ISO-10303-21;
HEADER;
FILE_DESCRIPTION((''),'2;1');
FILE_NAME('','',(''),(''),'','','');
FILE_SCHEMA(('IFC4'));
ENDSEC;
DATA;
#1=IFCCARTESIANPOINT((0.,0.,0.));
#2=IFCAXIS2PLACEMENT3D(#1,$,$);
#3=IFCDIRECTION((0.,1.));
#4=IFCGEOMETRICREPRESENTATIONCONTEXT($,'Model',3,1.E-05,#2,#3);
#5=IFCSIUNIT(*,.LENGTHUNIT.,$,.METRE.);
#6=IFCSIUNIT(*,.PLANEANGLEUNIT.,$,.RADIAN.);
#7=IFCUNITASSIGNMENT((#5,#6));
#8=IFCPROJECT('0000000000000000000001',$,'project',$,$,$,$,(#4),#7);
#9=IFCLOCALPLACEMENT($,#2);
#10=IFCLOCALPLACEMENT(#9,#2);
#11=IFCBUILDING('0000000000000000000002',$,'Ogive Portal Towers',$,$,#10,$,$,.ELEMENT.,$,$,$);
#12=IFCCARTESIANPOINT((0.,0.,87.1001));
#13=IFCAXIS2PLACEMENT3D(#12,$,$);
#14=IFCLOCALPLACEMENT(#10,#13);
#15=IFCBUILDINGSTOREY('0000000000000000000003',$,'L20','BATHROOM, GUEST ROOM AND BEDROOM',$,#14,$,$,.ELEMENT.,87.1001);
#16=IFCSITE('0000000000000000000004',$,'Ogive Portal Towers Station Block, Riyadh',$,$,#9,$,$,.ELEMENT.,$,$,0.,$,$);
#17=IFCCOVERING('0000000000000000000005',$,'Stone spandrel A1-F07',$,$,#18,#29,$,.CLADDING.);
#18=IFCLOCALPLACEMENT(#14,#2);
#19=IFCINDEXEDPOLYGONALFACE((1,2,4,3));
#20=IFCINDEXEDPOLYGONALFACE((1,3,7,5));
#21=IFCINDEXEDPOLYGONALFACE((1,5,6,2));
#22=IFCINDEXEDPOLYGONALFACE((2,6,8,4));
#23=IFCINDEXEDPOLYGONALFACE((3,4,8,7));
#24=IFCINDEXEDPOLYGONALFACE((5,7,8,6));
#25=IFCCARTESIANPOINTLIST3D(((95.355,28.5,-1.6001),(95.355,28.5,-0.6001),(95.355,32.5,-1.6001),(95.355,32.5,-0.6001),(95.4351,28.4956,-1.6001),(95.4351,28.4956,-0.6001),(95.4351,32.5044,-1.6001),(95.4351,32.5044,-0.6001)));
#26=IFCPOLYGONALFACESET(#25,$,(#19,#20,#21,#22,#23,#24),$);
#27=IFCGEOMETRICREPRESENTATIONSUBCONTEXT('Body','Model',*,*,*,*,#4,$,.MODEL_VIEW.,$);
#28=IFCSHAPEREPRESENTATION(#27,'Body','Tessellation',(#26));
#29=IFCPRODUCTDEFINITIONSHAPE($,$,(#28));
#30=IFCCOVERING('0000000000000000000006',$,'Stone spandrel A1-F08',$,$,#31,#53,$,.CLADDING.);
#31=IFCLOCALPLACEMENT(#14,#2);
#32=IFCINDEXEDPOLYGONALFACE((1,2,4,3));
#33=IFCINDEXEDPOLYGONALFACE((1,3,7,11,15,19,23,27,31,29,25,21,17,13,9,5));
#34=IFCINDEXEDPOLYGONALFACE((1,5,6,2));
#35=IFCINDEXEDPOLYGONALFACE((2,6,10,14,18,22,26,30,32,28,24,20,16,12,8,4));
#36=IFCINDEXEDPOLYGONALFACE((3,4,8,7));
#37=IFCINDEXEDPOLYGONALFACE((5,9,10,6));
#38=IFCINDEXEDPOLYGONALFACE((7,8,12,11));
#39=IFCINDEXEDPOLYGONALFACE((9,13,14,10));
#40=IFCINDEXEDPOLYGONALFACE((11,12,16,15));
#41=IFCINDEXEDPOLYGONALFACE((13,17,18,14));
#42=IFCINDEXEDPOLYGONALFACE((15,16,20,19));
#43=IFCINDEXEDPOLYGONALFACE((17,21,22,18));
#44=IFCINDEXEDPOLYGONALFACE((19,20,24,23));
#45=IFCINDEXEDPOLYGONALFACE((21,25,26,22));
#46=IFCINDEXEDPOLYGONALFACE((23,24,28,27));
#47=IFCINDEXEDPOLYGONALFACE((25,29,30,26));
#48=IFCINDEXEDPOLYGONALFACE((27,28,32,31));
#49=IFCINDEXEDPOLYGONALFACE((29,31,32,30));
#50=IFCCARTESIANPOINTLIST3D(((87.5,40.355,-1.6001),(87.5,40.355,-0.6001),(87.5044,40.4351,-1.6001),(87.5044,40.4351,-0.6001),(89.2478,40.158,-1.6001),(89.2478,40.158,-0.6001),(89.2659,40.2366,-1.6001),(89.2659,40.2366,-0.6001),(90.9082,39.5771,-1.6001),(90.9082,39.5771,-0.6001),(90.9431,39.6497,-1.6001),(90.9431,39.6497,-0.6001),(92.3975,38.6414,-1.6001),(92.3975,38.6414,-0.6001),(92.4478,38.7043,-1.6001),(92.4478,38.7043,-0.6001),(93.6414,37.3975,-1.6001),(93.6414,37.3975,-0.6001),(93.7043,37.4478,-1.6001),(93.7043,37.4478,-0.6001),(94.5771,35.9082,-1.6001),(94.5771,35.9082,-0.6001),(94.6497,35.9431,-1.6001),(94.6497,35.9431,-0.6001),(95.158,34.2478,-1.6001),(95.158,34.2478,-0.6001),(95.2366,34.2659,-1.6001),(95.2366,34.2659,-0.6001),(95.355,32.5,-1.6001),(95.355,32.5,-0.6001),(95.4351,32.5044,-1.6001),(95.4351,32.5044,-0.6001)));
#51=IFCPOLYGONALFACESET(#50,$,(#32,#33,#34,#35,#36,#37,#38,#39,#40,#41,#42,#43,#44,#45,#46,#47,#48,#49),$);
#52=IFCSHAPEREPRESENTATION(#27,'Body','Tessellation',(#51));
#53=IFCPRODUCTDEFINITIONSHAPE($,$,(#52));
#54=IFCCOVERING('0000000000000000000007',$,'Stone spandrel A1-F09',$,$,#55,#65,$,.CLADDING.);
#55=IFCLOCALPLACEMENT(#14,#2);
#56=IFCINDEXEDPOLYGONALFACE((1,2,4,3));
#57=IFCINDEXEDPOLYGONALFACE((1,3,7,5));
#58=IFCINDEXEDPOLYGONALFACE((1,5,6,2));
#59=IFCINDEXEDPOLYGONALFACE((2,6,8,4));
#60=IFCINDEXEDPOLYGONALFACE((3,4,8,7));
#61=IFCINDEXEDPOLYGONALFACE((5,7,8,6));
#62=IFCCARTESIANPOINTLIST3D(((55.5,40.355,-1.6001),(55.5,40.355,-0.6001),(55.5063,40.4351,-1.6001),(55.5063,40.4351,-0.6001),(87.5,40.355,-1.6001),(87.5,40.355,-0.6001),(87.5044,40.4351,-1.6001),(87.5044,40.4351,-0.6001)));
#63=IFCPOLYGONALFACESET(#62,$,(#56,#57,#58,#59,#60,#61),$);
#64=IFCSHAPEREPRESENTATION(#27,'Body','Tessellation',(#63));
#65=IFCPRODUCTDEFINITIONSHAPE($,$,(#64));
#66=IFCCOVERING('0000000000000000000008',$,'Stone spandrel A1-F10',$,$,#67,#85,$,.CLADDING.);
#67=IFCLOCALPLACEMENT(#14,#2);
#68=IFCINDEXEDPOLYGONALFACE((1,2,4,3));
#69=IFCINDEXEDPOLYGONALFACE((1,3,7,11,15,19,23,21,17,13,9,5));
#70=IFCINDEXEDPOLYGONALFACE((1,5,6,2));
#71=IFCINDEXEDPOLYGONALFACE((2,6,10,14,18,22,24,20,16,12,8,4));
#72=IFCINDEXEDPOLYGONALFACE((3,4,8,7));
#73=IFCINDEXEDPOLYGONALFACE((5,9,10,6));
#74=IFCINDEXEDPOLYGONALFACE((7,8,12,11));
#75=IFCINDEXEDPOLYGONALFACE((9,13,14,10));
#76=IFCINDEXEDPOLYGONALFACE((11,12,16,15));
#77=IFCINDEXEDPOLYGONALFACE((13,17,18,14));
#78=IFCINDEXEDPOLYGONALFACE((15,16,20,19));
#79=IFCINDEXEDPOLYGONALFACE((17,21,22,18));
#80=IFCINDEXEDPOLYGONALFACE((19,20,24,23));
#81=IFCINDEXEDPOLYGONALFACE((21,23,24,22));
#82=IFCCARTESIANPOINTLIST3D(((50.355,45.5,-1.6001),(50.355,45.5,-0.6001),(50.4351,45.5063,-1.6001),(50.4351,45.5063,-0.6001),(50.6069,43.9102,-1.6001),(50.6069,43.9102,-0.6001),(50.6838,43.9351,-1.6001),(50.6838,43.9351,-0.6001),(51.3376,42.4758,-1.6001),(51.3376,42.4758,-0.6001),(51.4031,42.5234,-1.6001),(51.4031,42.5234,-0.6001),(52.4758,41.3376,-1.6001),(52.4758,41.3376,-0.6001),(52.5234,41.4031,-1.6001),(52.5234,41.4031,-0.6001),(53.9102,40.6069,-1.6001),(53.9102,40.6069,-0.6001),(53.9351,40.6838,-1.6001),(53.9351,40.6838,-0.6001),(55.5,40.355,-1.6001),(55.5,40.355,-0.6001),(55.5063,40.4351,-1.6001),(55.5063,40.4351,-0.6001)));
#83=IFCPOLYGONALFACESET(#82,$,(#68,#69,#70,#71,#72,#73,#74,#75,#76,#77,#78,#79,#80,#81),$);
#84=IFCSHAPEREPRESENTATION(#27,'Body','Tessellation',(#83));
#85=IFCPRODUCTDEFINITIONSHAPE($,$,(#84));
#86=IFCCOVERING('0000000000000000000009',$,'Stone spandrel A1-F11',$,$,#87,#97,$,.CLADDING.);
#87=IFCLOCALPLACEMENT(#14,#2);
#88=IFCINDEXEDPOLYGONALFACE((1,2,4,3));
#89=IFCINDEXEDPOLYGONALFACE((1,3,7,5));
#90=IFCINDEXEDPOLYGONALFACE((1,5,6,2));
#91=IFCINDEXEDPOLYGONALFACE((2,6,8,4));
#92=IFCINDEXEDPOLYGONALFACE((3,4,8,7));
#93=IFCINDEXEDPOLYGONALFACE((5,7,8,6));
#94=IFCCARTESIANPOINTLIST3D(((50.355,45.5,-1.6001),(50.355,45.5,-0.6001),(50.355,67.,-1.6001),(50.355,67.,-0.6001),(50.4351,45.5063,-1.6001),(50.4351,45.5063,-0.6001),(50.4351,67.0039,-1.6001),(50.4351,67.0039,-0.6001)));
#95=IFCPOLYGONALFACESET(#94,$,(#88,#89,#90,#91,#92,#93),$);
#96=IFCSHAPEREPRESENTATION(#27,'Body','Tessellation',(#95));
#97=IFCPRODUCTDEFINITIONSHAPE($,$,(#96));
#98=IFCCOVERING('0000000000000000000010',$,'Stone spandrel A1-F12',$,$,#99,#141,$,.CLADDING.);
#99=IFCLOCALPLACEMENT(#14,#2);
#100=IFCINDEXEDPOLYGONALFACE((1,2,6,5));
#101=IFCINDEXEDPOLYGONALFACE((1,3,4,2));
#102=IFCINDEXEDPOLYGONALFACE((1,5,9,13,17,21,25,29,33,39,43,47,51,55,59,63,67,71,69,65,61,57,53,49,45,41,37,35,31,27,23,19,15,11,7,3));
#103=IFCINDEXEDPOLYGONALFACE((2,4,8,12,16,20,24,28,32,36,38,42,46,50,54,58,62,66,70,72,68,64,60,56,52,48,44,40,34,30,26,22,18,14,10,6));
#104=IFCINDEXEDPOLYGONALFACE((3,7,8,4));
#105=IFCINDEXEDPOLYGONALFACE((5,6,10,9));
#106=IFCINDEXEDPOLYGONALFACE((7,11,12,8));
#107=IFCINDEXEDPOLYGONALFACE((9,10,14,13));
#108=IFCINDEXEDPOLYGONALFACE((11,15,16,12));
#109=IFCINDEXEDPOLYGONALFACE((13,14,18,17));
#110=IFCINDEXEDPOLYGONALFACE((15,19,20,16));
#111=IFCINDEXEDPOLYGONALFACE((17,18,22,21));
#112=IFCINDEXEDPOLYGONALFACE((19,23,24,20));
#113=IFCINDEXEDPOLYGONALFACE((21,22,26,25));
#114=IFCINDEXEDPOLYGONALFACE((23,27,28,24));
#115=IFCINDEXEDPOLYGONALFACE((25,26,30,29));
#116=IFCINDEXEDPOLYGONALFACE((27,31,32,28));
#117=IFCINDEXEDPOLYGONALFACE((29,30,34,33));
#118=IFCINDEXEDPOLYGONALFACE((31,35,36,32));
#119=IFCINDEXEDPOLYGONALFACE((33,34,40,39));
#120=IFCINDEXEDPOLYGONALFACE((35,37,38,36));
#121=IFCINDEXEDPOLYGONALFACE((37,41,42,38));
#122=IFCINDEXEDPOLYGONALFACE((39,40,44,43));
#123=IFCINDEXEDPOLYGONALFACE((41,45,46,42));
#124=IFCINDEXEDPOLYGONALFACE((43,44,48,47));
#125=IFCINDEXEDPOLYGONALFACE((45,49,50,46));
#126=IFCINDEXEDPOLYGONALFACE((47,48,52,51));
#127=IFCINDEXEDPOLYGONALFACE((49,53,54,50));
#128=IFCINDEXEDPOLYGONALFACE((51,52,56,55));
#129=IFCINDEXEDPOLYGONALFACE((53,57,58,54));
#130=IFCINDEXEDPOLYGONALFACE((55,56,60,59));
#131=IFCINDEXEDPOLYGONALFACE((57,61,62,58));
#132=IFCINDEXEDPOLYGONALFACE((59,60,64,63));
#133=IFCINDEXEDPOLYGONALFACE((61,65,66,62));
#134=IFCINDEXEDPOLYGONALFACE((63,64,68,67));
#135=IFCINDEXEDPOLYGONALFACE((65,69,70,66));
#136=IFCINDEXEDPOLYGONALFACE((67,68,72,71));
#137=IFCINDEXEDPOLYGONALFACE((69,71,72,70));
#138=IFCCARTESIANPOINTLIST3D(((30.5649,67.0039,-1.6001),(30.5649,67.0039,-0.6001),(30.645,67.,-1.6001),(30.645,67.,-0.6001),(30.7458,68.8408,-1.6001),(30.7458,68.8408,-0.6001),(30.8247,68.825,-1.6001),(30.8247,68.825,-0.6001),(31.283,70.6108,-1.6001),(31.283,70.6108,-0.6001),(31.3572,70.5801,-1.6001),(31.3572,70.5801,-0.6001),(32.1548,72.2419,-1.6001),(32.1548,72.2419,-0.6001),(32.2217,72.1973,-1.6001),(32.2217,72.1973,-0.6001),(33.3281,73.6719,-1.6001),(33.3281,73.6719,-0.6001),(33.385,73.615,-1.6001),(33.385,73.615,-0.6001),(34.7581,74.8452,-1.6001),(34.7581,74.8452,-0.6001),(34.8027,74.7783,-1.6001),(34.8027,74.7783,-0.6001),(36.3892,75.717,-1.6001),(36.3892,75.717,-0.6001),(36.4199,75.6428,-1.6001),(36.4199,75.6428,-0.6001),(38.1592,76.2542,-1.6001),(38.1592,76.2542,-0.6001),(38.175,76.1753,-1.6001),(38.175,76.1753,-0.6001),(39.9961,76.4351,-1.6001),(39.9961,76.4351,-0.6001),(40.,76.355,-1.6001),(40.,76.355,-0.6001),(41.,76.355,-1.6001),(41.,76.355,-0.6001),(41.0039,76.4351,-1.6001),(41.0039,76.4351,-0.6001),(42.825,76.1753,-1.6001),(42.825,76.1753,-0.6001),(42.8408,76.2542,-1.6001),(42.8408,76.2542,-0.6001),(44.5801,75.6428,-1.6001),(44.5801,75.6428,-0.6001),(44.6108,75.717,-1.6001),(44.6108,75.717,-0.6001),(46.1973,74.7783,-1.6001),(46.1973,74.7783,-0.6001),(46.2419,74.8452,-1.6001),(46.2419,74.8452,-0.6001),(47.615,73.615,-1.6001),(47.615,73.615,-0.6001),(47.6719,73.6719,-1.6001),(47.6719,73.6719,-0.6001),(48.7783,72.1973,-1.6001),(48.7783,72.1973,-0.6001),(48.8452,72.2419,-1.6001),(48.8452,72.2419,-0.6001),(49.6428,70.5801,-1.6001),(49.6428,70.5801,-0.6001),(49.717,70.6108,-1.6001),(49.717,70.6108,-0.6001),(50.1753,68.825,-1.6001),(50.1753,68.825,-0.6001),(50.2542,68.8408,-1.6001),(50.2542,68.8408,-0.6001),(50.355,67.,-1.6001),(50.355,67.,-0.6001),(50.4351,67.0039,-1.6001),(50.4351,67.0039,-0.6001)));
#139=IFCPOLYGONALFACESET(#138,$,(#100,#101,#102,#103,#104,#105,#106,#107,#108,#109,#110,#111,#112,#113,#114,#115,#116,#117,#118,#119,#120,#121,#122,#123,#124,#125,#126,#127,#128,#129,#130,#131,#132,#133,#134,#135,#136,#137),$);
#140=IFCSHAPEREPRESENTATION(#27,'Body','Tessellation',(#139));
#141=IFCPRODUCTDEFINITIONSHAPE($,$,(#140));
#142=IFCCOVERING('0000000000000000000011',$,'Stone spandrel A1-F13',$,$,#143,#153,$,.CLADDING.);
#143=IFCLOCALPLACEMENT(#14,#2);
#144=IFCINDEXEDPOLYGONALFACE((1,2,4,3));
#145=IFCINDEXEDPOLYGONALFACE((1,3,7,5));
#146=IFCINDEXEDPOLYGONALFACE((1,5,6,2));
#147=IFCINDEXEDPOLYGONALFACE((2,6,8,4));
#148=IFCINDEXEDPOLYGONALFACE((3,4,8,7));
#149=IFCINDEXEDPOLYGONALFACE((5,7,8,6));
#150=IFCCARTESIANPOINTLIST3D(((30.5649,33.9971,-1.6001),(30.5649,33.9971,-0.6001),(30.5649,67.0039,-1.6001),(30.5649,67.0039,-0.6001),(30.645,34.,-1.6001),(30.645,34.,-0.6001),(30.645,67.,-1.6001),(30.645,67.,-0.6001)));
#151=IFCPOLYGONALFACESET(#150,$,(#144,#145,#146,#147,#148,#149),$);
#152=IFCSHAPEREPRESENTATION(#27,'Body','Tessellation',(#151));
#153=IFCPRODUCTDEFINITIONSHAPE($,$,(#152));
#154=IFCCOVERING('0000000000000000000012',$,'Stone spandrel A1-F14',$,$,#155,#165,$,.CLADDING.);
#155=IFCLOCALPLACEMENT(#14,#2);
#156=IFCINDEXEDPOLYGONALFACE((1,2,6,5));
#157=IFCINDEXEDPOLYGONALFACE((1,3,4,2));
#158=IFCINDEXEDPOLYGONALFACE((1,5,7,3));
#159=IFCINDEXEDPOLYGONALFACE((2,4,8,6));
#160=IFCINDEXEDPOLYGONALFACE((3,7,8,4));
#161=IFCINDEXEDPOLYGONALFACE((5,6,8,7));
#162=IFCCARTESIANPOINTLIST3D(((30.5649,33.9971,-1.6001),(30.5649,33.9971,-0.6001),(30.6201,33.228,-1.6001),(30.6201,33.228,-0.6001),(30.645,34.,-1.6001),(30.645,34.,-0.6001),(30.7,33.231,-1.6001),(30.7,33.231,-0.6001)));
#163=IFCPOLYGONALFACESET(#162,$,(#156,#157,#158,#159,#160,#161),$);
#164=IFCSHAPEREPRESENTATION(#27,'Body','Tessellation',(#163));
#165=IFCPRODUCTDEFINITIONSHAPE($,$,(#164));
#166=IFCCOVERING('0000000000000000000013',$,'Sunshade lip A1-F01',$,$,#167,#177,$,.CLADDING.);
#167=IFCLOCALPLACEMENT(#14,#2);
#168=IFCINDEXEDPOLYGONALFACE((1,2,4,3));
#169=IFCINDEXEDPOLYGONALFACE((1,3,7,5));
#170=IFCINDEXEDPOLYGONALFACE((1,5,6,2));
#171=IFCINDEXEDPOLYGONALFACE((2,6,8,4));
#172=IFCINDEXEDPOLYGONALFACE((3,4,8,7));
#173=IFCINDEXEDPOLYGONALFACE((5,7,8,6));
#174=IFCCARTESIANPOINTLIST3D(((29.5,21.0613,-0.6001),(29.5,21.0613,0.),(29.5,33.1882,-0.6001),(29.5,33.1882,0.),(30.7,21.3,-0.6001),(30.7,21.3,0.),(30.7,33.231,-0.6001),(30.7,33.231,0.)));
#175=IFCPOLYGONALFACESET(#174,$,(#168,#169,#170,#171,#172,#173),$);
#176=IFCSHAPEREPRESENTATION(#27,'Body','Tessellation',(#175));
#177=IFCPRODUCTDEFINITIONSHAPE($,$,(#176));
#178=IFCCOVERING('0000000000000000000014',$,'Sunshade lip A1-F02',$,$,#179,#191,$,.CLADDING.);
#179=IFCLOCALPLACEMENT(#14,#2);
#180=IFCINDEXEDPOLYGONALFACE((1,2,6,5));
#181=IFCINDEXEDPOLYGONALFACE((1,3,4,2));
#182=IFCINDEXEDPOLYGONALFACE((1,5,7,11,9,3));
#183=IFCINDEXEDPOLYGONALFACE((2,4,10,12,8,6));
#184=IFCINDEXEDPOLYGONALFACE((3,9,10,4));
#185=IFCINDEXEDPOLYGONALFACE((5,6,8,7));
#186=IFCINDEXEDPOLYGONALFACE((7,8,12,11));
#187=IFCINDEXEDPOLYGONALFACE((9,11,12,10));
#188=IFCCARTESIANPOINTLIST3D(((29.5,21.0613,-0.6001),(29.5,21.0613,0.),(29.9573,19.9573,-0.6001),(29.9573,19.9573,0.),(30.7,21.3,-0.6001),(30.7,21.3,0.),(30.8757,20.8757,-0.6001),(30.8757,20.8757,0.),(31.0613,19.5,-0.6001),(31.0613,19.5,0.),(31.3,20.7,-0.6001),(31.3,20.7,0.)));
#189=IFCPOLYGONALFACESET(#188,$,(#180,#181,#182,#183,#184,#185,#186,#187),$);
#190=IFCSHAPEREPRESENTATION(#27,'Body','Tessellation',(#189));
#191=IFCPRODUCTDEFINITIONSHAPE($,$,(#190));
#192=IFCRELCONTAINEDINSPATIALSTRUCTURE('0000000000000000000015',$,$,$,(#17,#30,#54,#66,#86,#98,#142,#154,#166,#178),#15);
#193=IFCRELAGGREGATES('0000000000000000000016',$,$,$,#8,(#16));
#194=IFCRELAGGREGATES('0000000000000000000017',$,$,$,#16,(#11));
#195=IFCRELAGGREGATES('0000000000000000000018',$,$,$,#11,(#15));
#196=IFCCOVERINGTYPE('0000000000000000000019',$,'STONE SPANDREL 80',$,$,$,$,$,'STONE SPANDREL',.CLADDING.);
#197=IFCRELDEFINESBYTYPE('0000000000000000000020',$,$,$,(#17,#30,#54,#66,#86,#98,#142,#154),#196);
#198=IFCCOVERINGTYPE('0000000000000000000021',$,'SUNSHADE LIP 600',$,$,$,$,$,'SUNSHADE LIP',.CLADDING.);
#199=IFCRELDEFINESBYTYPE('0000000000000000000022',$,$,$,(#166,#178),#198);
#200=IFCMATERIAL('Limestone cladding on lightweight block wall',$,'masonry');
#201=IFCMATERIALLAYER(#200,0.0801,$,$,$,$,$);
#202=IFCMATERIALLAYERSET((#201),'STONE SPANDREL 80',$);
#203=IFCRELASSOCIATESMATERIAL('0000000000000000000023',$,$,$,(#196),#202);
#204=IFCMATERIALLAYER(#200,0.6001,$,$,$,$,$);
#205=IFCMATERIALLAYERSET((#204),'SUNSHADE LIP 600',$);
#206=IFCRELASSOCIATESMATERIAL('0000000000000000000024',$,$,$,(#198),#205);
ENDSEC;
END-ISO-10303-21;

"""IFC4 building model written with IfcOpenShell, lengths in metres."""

from ifc_helpers import new_model, si_unit, direction, frame, origin, place, context, subcontext, project, spatial, polyline, outline, extrude, material, layer, layer_set, type_object, element, save


model = new_model("IFC4")

# Units and contexts
model_context = context("Model", 3, precision=1e-05, world=origin(), true_north=direction((0.0, 1.0)))
body_context = subcontext(model_context, "Body", "Model", "MODEL_VIEW")
ifc_project = project(units=[si_unit("LENGTHUNIT", "METRE"), si_unit("PLANEANGLEUNIT", "RADIAN")], contexts=[model_context])

# Site, building, storey
site_placement = place(None, origin())
site = spatial("IfcSite", under=ifc_project, at=site_placement, Name="Ogive Portal Towers Station Block, Riyadh", CompositionType="ELEMENT", RefElevation=0.0)
building_placement = place(site_placement, origin())
building = spatial("IfcBuilding", under=site, at=building_placement, Name="Ogive Portal Towers", CompositionType="ELEMENT")
storey_placement = place(building_placement, frame((0.0, 0.0, 87.1001)))
storey = spatial("IfcBuildingStorey", under=building, at=storey_placement, Name="L20", Description="BATHROOM, GUEST ROOM AND BEDROOM", CompositionType="ELEMENT", Elevation=87.1001)

# Coverings
ifc_material_1 = material(Name="Limestone cladding on lightweight block wall", Category="masonry")
ifc_layer_1 = layer(ifc_material_1, 0.0801)
ifc_layer_set_1 = layer_set([ifc_layer_1], Name="STONE SPANDREL 80")
covering_type_1 = type_object("IfcCoveringType", Name="STONE SPANDREL 80", ElementType="STONE SPANDREL", PredefinedType="CLADDING", material=ifc_layer_set_1)
covering_1_placement = place(storey_placement, frame((0.0, 0.0, -1.6001)))
element("IfcCovering", 1, at=covering_1_placement, inside=storey, type_object=covering_type_1, Name="Stone spandrel A1-F07", PredefinedType="CLADDING", context=body_context, shape_type="SweptSolid", body=[
    extrude(outline(polyline([(95.355, 28.5), (95.355, 32.5), (95.4351, 32.5044), (95.4351, 28.4956), (95.355, 28.5)])), origin(), (0.0, 0.0, 1.0), 1.0),
])
covering_2_placement = place(storey_placement, frame((0.0, 0.0, -1.6001)))
element("IfcCovering", 2, at=covering_2_placement, inside=storey, type_object=covering_type_1, Name="Stone spandrel A1-F08", PredefinedType="CLADDING", context=body_context, shape_type="SweptSolid", body=[
    extrude(outline(polyline([(95.355, 32.5), (95.158, 34.2478), (94.5771, 35.9082), (93.6414, 37.3975), (92.3975, 38.6414), (90.9082, 39.5771), (89.2478, 40.158), (87.5, 40.355), (87.5044, 40.4351), (89.2659, 40.2366), (90.9431, 39.6497), (92.4478, 38.7043), (93.7043, 37.4478), (94.6497, 35.9431), (95.2366, 34.2659), (95.4351, 32.5044), (95.355, 32.5)])), origin(), (0.0, 0.0, 1.0), 1.0),
])
covering_3_placement = place(storey_placement, frame((0.0, 0.0, -1.6001)))
element("IfcCovering", 3, at=covering_3_placement, inside=storey, type_object=covering_type_1, Name="Stone spandrel A1-F09", PredefinedType="CLADDING", context=body_context, shape_type="SweptSolid", body=[
    extrude(outline(polyline([(87.5, 40.355), (55.5, 40.355), (55.5063, 40.4351), (87.5044, 40.4351), (87.5, 40.355)])), origin(), (0.0, 0.0, 1.0), 1.0),
])
covering_4_placement = place(storey_placement, frame((0.0, 0.0, -1.6001)))
element("IfcCovering", 4, at=covering_4_placement, inside=storey, type_object=covering_type_1, Name="Stone spandrel A1-F10", PredefinedType="CLADDING", context=body_context, shape_type="SweptSolid", body=[
    extrude(outline(polyline([(55.5, 40.355), (53.9102, 40.6069), (52.4758, 41.3376), (51.3376, 42.4758), (50.6069, 43.9102), (50.355, 45.5), (50.4351, 45.5063), (50.6838, 43.9351), (51.4031, 42.5234), (52.5234, 41.4031), (53.9351, 40.6838), (55.5063, 40.4351), (55.5, 40.355)])), origin(), (0.0, 0.0, 1.0), 1.0),
])
covering_5_placement = place(storey_placement, frame((0.0, 0.0, -1.6001)))
element("IfcCovering", 5, at=covering_5_placement, inside=storey, type_object=covering_type_1, Name="Stone spandrel A1-F11", PredefinedType="CLADDING", context=body_context, shape_type="SweptSolid", body=[
    extrude(outline(polyline([(50.355, 45.5), (50.355, 67.0), (50.4351, 67.0039), (50.4351, 45.5063), (50.355, 45.5)])), origin(), (0.0, 0.0, 1.0), 1.0),
])
covering_6_placement = place(storey_placement, frame((0.0, 0.0, -1.6001)))
element("IfcCovering", 6, at=covering_6_placement, inside=storey, type_object=covering_type_1, Name="Stone spandrel A1-F12", PredefinedType="CLADDING", context=body_context, shape_type="SweptSolid", body=[
    extrude(outline(polyline([(50.355, 67.0), (50.1753, 68.825), (49.6428, 70.5801), (48.7783, 72.1973), (47.615, 73.615), (46.1973, 74.7783), (44.5801, 75.6428), (42.825, 76.1753), (41.0, 76.355), (40.0, 76.355), (38.175, 76.1753), (36.4199, 75.6428), (34.8027, 74.7783), (33.385, 73.615), (32.2217, 72.1973), (31.3572, 70.5801), (30.8247, 68.825), (30.645, 67.0), (30.5649, 67.0039), (30.7458, 68.8408), (31.283, 70.6108), (32.1548, 72.2419), (33.3281, 73.6719), (34.7581, 74.8452), (36.3892, 75.717), (38.1592, 76.2542), (39.9961, 76.4351), (41.0039, 76.4351), (42.8408, 76.2542), (44.6108, 75.717), (46.2419, 74.8452), (47.6719, 73.6719), (48.8452, 72.2419), (49.717, 70.6108), (50.2542, 68.8408), (50.4351, 67.0039), (50.355, 67.0)])), origin(), (0.0, 0.0, 1.0), 1.0),
])
covering_7_placement = place(storey_placement, frame((0.0, 0.0, -1.6001)))
element("IfcCovering", 7, at=covering_7_placement, inside=storey, type_object=covering_type_1, Name="Stone spandrel A1-F13", PredefinedType="CLADDING", context=body_context, shape_type="SweptSolid", body=[
    extrude(outline(polyline([(30.645, 67.0), (30.645, 34.0), (30.5649, 33.9971), (30.5649, 67.0039), (30.645, 67.0)])), origin(), (0.0, 0.0, 1.0), 1.0),
])
covering_8_placement = place(storey_placement, frame((0.0, 0.0, -1.6001)))
element("IfcCovering", 8, at=covering_8_placement, inside=storey, type_object=covering_type_1, Name="Stone spandrel A1-F14", PredefinedType="CLADDING", context=body_context, shape_type="SweptSolid", body=[
    extrude(outline(polyline([(30.645, 34.0), (30.7, 33.231), (30.6201, 33.228), (30.5649, 33.9971), (30.645, 34.0)])), origin(), (0.0, 0.0, 1.0), 1.0),
])
ifc_layer_2 = layer(ifc_material_1, 0.6001)
ifc_layer_set_2 = layer_set([ifc_layer_2], Name="SUNSHADE LIP 600")
covering_type_2 = type_object("IfcCoveringType", Name="SUNSHADE LIP 600", ElementType="SUNSHADE LIP", PredefinedType="CLADDING", material=ifc_layer_set_2)
covering_9_placement = place(storey_placement, frame((0.0, 0.0, -0.6001)))
element("IfcCovering", 9, at=covering_9_placement, inside=storey, type_object=covering_type_2, Name="Sunshade lip A1-F01", PredefinedType="CLADDING", context=body_context, shape_type="SweptSolid", body=[
    extrude(outline(polyline([(30.7, 33.231), (30.7, 21.3), (29.5, 21.0613), (29.5, 33.1882), (30.7, 33.231)])), origin(), (0.0, 0.0, 1.0), 0.6001),
])
covering_10_placement = place(storey_placement, frame((0.0, 0.0, -0.6001)))
element("IfcCovering", 10, at=covering_10_placement, inside=storey, type_object=covering_type_2, Name="Sunshade lip A1-F02", PredefinedType="CLADDING", context=body_context, shape_type="SweptSolid", body=[
    extrude(outline(polyline([(30.7, 21.3), (30.8757, 20.8757), (31.3, 20.7), (31.0613, 19.5), (29.9573, 19.9573), (29.5, 21.0613), (30.7, 21.3)])), origin(), (0.0, 0.0, 1.0), 0.6001),
])

save(model, "model.ifc")
